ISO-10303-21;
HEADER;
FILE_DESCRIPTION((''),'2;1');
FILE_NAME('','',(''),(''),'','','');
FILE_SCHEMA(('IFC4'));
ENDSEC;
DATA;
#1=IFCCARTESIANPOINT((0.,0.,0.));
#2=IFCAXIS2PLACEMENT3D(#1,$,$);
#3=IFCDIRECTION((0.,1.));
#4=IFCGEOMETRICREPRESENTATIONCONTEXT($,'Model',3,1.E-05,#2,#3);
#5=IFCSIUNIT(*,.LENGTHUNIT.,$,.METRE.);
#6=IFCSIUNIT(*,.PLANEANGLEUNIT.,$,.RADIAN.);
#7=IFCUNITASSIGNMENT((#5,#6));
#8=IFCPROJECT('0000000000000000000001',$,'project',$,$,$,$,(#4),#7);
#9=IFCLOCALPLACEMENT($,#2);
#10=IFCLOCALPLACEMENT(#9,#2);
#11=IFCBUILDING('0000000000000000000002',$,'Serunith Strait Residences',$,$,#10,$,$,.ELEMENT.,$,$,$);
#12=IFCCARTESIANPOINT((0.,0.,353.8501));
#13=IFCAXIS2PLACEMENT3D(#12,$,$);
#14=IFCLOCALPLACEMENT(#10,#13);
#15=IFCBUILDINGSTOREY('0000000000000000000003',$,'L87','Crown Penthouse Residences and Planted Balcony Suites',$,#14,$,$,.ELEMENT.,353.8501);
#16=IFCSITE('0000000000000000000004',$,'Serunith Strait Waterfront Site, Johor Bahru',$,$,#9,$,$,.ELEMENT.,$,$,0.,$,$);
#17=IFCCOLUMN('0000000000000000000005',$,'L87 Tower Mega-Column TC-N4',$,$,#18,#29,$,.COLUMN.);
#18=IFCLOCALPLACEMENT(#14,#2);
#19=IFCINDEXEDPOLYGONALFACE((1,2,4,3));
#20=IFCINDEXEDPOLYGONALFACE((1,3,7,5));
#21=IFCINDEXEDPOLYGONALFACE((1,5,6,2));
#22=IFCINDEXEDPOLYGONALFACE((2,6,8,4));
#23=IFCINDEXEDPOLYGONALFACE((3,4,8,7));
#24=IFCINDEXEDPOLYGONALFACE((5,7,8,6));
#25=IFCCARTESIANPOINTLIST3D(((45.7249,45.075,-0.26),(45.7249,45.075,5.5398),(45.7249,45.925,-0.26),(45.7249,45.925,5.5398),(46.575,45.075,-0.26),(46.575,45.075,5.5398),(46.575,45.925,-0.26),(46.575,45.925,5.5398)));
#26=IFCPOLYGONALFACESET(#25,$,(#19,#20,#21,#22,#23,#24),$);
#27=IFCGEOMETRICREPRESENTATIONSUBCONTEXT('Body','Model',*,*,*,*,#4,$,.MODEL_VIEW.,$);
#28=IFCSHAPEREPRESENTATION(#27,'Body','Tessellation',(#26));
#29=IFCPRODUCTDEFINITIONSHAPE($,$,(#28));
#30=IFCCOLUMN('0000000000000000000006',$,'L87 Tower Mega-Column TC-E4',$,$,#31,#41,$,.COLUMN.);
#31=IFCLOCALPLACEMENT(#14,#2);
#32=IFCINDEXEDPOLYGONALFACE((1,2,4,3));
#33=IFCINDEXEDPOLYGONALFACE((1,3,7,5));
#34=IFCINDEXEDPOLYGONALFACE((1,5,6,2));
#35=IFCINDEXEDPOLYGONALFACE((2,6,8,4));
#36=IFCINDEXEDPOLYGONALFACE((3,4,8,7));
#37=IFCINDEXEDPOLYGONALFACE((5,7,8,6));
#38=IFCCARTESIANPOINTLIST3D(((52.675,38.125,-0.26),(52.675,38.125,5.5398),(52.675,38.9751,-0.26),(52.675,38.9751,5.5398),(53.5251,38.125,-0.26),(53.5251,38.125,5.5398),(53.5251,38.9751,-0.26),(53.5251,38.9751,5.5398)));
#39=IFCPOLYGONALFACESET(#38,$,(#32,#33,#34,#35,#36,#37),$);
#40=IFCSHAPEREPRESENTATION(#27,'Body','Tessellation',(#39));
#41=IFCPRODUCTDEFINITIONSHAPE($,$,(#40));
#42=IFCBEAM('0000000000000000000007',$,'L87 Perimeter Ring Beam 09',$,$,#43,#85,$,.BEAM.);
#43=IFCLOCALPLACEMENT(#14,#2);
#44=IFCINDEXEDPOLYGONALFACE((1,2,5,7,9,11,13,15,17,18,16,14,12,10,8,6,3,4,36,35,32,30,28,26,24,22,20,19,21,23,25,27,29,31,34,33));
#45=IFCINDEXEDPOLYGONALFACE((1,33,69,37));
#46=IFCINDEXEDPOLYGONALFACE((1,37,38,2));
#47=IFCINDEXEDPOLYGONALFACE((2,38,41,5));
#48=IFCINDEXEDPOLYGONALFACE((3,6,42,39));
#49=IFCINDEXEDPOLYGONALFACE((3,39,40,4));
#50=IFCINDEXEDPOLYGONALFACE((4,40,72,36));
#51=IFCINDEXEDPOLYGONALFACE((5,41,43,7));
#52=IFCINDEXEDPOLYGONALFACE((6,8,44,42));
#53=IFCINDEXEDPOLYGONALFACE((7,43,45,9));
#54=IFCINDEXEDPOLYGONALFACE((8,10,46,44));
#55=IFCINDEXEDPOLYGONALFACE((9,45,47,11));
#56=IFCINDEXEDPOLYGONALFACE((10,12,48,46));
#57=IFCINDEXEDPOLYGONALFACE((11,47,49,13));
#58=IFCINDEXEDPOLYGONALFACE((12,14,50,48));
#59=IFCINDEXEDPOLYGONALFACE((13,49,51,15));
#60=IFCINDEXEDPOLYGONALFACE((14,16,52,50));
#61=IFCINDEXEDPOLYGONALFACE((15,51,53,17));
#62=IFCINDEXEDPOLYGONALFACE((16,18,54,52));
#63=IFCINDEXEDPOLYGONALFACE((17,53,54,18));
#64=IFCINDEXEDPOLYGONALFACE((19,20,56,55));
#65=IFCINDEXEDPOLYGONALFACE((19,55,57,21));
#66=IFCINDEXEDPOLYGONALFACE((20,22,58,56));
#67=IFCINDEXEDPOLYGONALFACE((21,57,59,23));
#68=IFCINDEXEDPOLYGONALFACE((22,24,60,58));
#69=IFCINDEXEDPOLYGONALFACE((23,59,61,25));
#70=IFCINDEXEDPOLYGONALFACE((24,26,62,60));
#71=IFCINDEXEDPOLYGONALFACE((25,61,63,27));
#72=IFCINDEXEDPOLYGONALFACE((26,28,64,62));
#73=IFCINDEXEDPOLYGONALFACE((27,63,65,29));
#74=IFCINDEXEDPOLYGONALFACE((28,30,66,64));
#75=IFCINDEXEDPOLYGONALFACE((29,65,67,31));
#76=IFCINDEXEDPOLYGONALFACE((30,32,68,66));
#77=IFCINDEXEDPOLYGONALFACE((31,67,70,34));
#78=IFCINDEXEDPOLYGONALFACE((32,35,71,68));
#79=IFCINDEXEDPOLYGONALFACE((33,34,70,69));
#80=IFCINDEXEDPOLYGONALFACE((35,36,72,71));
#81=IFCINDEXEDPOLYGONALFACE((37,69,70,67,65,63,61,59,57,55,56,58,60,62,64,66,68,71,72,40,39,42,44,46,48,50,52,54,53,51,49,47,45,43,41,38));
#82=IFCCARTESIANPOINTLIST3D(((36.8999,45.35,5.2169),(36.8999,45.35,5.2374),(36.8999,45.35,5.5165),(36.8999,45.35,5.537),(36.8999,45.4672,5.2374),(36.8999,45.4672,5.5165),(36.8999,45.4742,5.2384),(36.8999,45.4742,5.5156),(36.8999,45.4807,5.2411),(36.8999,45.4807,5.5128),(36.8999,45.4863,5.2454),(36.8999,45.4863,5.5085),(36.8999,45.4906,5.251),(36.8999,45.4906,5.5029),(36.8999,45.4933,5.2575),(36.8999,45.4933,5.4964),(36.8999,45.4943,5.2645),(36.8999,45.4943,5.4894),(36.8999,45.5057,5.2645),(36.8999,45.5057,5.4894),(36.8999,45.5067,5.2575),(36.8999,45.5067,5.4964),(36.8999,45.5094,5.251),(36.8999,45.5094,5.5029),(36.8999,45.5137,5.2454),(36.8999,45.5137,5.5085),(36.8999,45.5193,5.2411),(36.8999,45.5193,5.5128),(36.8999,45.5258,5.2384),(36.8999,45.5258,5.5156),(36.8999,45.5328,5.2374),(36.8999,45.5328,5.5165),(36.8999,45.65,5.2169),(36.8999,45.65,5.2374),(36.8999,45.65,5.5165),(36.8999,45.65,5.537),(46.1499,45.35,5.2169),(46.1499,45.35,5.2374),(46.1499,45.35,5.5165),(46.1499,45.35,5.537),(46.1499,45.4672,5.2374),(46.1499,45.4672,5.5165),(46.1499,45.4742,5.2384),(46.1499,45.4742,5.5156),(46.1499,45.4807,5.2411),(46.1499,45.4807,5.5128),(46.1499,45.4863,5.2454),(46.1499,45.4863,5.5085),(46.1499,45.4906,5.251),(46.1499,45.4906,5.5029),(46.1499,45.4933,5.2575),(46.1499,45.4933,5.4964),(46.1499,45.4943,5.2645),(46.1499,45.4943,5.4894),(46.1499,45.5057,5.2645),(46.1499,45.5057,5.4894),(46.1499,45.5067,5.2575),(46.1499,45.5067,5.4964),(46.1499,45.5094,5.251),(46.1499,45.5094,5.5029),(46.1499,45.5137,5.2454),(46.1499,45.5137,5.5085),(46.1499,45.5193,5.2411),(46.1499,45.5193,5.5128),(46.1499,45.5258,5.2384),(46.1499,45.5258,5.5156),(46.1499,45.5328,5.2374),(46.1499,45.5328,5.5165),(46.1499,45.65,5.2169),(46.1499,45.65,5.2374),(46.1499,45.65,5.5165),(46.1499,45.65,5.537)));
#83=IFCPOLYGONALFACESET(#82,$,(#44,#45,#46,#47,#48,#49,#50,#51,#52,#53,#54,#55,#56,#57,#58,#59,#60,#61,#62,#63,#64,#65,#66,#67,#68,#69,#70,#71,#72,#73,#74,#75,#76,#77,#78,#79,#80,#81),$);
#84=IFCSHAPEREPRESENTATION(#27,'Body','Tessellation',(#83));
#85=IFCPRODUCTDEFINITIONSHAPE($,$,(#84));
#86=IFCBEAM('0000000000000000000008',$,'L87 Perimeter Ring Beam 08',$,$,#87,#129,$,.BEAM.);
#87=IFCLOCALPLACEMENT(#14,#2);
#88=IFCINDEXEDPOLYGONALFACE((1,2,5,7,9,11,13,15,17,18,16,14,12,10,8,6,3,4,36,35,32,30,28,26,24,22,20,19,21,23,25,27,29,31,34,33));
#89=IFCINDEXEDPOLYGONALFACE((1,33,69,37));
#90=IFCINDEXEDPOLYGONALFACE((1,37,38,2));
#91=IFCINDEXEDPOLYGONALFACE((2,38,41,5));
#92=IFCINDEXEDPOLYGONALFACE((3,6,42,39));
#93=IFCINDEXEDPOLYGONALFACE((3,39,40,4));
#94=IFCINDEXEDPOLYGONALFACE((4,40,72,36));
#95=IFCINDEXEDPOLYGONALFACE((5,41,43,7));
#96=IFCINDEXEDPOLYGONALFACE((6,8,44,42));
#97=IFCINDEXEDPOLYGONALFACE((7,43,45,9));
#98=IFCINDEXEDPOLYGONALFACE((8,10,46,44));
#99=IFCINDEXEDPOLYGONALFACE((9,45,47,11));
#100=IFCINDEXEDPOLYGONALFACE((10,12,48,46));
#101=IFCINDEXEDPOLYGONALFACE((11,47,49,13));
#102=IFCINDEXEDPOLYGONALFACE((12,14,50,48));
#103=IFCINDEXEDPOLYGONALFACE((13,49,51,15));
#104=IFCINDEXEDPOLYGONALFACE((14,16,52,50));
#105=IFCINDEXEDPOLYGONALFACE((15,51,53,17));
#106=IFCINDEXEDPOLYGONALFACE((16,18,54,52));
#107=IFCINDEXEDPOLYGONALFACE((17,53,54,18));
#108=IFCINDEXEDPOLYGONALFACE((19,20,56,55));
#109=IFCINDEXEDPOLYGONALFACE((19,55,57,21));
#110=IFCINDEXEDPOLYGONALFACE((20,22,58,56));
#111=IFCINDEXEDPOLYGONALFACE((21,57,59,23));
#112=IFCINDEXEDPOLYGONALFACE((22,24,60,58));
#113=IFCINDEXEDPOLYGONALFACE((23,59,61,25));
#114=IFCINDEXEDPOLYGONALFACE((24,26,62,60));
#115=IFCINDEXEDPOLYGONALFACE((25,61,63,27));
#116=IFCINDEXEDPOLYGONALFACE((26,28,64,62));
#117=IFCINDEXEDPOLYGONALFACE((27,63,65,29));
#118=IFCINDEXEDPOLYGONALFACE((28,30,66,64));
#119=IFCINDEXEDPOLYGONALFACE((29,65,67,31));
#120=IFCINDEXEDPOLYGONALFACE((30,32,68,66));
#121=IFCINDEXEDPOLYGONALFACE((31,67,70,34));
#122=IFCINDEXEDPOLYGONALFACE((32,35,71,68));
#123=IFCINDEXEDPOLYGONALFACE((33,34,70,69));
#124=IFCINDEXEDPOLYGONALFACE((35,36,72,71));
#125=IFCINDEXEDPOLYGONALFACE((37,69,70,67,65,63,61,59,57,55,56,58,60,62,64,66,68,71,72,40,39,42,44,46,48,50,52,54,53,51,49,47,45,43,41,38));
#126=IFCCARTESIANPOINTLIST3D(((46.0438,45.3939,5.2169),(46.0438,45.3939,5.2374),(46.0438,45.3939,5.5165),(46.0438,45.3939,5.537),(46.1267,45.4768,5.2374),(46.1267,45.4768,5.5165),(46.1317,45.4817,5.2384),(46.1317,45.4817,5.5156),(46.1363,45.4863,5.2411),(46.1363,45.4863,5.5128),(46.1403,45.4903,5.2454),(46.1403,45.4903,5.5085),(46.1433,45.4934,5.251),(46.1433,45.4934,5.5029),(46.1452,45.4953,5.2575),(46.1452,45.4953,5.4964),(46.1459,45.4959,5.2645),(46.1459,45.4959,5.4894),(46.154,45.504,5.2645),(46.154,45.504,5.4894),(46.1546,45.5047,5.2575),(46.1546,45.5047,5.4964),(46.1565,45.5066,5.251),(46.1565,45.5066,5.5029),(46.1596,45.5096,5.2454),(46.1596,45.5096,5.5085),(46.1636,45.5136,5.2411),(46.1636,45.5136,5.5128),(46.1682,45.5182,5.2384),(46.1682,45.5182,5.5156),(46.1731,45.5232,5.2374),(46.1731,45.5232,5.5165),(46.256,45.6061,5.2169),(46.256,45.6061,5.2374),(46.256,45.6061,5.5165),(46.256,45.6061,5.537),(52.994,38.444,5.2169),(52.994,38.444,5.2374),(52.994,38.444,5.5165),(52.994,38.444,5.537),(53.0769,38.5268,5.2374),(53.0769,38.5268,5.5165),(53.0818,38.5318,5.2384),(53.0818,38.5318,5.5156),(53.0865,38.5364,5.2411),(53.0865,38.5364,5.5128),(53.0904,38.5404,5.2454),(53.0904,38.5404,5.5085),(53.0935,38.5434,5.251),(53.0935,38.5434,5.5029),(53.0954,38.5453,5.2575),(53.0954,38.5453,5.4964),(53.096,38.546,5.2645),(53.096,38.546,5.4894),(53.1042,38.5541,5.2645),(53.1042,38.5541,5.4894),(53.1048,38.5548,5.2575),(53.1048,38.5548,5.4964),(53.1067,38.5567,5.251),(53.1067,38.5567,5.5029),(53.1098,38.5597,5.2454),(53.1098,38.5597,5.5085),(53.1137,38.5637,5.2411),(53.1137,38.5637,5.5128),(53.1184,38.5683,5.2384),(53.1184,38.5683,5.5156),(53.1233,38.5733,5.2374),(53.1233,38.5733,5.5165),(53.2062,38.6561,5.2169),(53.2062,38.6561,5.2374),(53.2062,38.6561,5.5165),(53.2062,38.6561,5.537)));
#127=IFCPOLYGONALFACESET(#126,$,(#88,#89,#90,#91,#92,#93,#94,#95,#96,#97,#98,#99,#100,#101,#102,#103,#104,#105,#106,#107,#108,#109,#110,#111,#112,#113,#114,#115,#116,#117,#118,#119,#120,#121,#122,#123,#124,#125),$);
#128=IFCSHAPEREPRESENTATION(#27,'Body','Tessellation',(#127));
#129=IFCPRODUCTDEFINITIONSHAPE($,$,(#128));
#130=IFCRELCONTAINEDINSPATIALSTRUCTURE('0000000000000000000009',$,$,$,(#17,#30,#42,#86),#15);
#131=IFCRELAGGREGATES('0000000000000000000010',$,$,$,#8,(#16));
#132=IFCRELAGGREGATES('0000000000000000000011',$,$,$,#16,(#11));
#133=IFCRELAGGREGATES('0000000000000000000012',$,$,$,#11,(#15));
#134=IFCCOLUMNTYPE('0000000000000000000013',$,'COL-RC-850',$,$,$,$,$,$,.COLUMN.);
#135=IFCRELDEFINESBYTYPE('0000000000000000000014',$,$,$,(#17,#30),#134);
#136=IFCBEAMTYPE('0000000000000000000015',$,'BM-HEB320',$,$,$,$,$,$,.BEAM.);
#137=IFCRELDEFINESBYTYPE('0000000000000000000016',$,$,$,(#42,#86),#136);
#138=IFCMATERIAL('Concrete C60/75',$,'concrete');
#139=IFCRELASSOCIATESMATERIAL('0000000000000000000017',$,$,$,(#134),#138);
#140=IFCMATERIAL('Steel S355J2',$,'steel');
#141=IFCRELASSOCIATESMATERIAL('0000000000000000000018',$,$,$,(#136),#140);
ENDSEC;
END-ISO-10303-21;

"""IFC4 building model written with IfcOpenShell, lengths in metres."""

from ifc_helpers import new_model, si_unit, direction, frame, origin, origin_2d, place, context, subcontext, project, spatial, rectangle, i_section, extrude, source, transform, mapped, material, material_profile, profile_set, type_object, element, save


model = new_model("IFC4")

# Units and contexts
model_context = context("Model", 3, precision=1e-05, world=origin(), true_north=direction((0.0, 1.0)))
body_context = subcontext(model_context, "Body", "Model", "MODEL_VIEW")
ifc_project = project(units=[si_unit("LENGTHUNIT", "METRE"), si_unit("PLANEANGLEUNIT", "RADIAN")], contexts=[model_context])

# Site, building, storey
site_placement = place(None, origin())
site = spatial("IfcSite", under=ifc_project, at=site_placement, Name="Serunith Strait Waterfront Site, Johor Bahru", CompositionType="ELEMENT", RefElevation=0.0)
building_placement = place(site_placement, origin())
building = spatial("IfcBuilding", under=site, at=building_placement, Name="Serunith Strait Residences", CompositionType="ELEMENT")
storey_placement = place(building_placement, frame((0.0, 0.0, 353.8501)))
storey = spatial("IfcBuildingStorey", under=building, at=storey_placement, Name="L87", Description="Crown Penthouse Residences and Planted Balcony Suites", CompositionType="ELEMENT", Elevation=353.8501)

# Columns
ifc_material_1 = material(Name="Concrete C60/75", Category="concrete")
ifc_material_profile_1 = material_profile(ifc_material_1, rectangle(XDim=0.8501, YDim=0.8501, at=origin_2d()), Name="RC 850x850")
ifc_profile_set_1 = profile_set([ifc_material_profile_1], Name="Concrete C60/75")
column_type = type_object("IfcColumnType", Name="COL-RC-850", PredefinedType="COLUMN", material=ifc_profile_set_1)
shared_shape_1 = source(origin(), body_context, "Body", "SweptSolid", [
    extrude(rectangle(XDim=0.8501, YDim=0.8501, at=origin_2d()), origin(), (0.0, 0.0, 1.0), 5.7998),
])
for number, where, z_axis, x_axis, name in (
    (1, (46.1499, 45.5, -0.26), (0.0, 0.0, 1.0), (1.0, 0.0, 0.0), "L87 Tower Mega-Column TC-N4"),
    (2, (53.1001, 38.55, -0.26), (0.0, 0.0, 1.0), (1.0, 0.0, 0.0), "L87 Tower Mega-Column TC-E4"),
):
    element("IfcColumn", number, at=place(storey_placement, frame(where, z_axis=z_axis, x_axis=x_axis)), inside=storey, type_object=column_type, Name=name, PredefinedType="COLUMN", context=body_context, shape_type="MappedRepresentation", body=[
        mapped(shared_shape_1, transform((0.0, 0.0, 0.0), scale=1.0)),
    ])

# Beams
ifc_material_2 = material(Name="Steel S355J2", Category="steel")
ifc_material_profile_2 = material_profile(ifc_material_2, i_section(OverallWidth=0.3, OverallDepth=0.3201, WebThickness=0.0115, FlangeThickness=0.0205, FilletRadius=0.0271, at=origin_2d()), Name="HEB 320")
ifc_profile_set_2 = profile_set([ifc_material_profile_2], Name="Steel S355J2")
beam_type = type_object("IfcBeamType", Name="BM-HEB320", PredefinedType="BEAM", material=ifc_profile_set_2)
shared_shape_2 = source(origin(), body_context, "Body", "SweptSolid", [
    extrude(i_section(OverallWidth=0.3, OverallDepth=0.3201, WebThickness=0.0115, FlangeThickness=0.0205, FilletRadius=0.0271, at=origin_2d()), origin(), (0.0, 0.0, 1.0), 9.25),
])
beam_1_placement = place(storey_placement, frame((46.1499, 45.5, 5.377), z_axis=(-1.0, 0.0, 0.0), x_axis=(0.0, -1.0, 0.0)))
element("IfcBeam", 3, at=beam_1_placement, inside=storey, type_object=beam_type, Name="L87 Perimeter Ring Beam 09", PredefinedType="BEAM", context=body_context, shape_type="MappedRepresentation", body=[
    mapped(shared_shape_2, transform((0.0, 0.0, 0.0), scale=1.0)),
])
shared_shape_3 = source(origin(), body_context, "Body", "SweptSolid", [
    extrude(i_section(OverallWidth=0.3, OverallDepth=0.3201, WebThickness=0.0115, FlangeThickness=0.0205, FilletRadius=0.0271, at=origin_2d()), origin(), (0.0, 0.0, 1.0), 9.8289),
])
beam_2_placement = place(storey_placement, frame((53.1001, 38.55, 5.377), z_axis=(-0.707119, 0.707094, 0.0), x_axis=(-0.707094, -0.707119, 0.0)))
element("IfcBeam", 4, at=beam_2_placement, inside=storey, type_object=beam_type, Name="L87 Perimeter Ring Beam 08", PredefinedType="BEAM", context=body_context, shape_type="MappedRepresentation", body=[
    mapped(shared_shape_3, transform((0.0, 0.0, 0.0), scale=1.0)),
])

save(model, "model.ifc")
